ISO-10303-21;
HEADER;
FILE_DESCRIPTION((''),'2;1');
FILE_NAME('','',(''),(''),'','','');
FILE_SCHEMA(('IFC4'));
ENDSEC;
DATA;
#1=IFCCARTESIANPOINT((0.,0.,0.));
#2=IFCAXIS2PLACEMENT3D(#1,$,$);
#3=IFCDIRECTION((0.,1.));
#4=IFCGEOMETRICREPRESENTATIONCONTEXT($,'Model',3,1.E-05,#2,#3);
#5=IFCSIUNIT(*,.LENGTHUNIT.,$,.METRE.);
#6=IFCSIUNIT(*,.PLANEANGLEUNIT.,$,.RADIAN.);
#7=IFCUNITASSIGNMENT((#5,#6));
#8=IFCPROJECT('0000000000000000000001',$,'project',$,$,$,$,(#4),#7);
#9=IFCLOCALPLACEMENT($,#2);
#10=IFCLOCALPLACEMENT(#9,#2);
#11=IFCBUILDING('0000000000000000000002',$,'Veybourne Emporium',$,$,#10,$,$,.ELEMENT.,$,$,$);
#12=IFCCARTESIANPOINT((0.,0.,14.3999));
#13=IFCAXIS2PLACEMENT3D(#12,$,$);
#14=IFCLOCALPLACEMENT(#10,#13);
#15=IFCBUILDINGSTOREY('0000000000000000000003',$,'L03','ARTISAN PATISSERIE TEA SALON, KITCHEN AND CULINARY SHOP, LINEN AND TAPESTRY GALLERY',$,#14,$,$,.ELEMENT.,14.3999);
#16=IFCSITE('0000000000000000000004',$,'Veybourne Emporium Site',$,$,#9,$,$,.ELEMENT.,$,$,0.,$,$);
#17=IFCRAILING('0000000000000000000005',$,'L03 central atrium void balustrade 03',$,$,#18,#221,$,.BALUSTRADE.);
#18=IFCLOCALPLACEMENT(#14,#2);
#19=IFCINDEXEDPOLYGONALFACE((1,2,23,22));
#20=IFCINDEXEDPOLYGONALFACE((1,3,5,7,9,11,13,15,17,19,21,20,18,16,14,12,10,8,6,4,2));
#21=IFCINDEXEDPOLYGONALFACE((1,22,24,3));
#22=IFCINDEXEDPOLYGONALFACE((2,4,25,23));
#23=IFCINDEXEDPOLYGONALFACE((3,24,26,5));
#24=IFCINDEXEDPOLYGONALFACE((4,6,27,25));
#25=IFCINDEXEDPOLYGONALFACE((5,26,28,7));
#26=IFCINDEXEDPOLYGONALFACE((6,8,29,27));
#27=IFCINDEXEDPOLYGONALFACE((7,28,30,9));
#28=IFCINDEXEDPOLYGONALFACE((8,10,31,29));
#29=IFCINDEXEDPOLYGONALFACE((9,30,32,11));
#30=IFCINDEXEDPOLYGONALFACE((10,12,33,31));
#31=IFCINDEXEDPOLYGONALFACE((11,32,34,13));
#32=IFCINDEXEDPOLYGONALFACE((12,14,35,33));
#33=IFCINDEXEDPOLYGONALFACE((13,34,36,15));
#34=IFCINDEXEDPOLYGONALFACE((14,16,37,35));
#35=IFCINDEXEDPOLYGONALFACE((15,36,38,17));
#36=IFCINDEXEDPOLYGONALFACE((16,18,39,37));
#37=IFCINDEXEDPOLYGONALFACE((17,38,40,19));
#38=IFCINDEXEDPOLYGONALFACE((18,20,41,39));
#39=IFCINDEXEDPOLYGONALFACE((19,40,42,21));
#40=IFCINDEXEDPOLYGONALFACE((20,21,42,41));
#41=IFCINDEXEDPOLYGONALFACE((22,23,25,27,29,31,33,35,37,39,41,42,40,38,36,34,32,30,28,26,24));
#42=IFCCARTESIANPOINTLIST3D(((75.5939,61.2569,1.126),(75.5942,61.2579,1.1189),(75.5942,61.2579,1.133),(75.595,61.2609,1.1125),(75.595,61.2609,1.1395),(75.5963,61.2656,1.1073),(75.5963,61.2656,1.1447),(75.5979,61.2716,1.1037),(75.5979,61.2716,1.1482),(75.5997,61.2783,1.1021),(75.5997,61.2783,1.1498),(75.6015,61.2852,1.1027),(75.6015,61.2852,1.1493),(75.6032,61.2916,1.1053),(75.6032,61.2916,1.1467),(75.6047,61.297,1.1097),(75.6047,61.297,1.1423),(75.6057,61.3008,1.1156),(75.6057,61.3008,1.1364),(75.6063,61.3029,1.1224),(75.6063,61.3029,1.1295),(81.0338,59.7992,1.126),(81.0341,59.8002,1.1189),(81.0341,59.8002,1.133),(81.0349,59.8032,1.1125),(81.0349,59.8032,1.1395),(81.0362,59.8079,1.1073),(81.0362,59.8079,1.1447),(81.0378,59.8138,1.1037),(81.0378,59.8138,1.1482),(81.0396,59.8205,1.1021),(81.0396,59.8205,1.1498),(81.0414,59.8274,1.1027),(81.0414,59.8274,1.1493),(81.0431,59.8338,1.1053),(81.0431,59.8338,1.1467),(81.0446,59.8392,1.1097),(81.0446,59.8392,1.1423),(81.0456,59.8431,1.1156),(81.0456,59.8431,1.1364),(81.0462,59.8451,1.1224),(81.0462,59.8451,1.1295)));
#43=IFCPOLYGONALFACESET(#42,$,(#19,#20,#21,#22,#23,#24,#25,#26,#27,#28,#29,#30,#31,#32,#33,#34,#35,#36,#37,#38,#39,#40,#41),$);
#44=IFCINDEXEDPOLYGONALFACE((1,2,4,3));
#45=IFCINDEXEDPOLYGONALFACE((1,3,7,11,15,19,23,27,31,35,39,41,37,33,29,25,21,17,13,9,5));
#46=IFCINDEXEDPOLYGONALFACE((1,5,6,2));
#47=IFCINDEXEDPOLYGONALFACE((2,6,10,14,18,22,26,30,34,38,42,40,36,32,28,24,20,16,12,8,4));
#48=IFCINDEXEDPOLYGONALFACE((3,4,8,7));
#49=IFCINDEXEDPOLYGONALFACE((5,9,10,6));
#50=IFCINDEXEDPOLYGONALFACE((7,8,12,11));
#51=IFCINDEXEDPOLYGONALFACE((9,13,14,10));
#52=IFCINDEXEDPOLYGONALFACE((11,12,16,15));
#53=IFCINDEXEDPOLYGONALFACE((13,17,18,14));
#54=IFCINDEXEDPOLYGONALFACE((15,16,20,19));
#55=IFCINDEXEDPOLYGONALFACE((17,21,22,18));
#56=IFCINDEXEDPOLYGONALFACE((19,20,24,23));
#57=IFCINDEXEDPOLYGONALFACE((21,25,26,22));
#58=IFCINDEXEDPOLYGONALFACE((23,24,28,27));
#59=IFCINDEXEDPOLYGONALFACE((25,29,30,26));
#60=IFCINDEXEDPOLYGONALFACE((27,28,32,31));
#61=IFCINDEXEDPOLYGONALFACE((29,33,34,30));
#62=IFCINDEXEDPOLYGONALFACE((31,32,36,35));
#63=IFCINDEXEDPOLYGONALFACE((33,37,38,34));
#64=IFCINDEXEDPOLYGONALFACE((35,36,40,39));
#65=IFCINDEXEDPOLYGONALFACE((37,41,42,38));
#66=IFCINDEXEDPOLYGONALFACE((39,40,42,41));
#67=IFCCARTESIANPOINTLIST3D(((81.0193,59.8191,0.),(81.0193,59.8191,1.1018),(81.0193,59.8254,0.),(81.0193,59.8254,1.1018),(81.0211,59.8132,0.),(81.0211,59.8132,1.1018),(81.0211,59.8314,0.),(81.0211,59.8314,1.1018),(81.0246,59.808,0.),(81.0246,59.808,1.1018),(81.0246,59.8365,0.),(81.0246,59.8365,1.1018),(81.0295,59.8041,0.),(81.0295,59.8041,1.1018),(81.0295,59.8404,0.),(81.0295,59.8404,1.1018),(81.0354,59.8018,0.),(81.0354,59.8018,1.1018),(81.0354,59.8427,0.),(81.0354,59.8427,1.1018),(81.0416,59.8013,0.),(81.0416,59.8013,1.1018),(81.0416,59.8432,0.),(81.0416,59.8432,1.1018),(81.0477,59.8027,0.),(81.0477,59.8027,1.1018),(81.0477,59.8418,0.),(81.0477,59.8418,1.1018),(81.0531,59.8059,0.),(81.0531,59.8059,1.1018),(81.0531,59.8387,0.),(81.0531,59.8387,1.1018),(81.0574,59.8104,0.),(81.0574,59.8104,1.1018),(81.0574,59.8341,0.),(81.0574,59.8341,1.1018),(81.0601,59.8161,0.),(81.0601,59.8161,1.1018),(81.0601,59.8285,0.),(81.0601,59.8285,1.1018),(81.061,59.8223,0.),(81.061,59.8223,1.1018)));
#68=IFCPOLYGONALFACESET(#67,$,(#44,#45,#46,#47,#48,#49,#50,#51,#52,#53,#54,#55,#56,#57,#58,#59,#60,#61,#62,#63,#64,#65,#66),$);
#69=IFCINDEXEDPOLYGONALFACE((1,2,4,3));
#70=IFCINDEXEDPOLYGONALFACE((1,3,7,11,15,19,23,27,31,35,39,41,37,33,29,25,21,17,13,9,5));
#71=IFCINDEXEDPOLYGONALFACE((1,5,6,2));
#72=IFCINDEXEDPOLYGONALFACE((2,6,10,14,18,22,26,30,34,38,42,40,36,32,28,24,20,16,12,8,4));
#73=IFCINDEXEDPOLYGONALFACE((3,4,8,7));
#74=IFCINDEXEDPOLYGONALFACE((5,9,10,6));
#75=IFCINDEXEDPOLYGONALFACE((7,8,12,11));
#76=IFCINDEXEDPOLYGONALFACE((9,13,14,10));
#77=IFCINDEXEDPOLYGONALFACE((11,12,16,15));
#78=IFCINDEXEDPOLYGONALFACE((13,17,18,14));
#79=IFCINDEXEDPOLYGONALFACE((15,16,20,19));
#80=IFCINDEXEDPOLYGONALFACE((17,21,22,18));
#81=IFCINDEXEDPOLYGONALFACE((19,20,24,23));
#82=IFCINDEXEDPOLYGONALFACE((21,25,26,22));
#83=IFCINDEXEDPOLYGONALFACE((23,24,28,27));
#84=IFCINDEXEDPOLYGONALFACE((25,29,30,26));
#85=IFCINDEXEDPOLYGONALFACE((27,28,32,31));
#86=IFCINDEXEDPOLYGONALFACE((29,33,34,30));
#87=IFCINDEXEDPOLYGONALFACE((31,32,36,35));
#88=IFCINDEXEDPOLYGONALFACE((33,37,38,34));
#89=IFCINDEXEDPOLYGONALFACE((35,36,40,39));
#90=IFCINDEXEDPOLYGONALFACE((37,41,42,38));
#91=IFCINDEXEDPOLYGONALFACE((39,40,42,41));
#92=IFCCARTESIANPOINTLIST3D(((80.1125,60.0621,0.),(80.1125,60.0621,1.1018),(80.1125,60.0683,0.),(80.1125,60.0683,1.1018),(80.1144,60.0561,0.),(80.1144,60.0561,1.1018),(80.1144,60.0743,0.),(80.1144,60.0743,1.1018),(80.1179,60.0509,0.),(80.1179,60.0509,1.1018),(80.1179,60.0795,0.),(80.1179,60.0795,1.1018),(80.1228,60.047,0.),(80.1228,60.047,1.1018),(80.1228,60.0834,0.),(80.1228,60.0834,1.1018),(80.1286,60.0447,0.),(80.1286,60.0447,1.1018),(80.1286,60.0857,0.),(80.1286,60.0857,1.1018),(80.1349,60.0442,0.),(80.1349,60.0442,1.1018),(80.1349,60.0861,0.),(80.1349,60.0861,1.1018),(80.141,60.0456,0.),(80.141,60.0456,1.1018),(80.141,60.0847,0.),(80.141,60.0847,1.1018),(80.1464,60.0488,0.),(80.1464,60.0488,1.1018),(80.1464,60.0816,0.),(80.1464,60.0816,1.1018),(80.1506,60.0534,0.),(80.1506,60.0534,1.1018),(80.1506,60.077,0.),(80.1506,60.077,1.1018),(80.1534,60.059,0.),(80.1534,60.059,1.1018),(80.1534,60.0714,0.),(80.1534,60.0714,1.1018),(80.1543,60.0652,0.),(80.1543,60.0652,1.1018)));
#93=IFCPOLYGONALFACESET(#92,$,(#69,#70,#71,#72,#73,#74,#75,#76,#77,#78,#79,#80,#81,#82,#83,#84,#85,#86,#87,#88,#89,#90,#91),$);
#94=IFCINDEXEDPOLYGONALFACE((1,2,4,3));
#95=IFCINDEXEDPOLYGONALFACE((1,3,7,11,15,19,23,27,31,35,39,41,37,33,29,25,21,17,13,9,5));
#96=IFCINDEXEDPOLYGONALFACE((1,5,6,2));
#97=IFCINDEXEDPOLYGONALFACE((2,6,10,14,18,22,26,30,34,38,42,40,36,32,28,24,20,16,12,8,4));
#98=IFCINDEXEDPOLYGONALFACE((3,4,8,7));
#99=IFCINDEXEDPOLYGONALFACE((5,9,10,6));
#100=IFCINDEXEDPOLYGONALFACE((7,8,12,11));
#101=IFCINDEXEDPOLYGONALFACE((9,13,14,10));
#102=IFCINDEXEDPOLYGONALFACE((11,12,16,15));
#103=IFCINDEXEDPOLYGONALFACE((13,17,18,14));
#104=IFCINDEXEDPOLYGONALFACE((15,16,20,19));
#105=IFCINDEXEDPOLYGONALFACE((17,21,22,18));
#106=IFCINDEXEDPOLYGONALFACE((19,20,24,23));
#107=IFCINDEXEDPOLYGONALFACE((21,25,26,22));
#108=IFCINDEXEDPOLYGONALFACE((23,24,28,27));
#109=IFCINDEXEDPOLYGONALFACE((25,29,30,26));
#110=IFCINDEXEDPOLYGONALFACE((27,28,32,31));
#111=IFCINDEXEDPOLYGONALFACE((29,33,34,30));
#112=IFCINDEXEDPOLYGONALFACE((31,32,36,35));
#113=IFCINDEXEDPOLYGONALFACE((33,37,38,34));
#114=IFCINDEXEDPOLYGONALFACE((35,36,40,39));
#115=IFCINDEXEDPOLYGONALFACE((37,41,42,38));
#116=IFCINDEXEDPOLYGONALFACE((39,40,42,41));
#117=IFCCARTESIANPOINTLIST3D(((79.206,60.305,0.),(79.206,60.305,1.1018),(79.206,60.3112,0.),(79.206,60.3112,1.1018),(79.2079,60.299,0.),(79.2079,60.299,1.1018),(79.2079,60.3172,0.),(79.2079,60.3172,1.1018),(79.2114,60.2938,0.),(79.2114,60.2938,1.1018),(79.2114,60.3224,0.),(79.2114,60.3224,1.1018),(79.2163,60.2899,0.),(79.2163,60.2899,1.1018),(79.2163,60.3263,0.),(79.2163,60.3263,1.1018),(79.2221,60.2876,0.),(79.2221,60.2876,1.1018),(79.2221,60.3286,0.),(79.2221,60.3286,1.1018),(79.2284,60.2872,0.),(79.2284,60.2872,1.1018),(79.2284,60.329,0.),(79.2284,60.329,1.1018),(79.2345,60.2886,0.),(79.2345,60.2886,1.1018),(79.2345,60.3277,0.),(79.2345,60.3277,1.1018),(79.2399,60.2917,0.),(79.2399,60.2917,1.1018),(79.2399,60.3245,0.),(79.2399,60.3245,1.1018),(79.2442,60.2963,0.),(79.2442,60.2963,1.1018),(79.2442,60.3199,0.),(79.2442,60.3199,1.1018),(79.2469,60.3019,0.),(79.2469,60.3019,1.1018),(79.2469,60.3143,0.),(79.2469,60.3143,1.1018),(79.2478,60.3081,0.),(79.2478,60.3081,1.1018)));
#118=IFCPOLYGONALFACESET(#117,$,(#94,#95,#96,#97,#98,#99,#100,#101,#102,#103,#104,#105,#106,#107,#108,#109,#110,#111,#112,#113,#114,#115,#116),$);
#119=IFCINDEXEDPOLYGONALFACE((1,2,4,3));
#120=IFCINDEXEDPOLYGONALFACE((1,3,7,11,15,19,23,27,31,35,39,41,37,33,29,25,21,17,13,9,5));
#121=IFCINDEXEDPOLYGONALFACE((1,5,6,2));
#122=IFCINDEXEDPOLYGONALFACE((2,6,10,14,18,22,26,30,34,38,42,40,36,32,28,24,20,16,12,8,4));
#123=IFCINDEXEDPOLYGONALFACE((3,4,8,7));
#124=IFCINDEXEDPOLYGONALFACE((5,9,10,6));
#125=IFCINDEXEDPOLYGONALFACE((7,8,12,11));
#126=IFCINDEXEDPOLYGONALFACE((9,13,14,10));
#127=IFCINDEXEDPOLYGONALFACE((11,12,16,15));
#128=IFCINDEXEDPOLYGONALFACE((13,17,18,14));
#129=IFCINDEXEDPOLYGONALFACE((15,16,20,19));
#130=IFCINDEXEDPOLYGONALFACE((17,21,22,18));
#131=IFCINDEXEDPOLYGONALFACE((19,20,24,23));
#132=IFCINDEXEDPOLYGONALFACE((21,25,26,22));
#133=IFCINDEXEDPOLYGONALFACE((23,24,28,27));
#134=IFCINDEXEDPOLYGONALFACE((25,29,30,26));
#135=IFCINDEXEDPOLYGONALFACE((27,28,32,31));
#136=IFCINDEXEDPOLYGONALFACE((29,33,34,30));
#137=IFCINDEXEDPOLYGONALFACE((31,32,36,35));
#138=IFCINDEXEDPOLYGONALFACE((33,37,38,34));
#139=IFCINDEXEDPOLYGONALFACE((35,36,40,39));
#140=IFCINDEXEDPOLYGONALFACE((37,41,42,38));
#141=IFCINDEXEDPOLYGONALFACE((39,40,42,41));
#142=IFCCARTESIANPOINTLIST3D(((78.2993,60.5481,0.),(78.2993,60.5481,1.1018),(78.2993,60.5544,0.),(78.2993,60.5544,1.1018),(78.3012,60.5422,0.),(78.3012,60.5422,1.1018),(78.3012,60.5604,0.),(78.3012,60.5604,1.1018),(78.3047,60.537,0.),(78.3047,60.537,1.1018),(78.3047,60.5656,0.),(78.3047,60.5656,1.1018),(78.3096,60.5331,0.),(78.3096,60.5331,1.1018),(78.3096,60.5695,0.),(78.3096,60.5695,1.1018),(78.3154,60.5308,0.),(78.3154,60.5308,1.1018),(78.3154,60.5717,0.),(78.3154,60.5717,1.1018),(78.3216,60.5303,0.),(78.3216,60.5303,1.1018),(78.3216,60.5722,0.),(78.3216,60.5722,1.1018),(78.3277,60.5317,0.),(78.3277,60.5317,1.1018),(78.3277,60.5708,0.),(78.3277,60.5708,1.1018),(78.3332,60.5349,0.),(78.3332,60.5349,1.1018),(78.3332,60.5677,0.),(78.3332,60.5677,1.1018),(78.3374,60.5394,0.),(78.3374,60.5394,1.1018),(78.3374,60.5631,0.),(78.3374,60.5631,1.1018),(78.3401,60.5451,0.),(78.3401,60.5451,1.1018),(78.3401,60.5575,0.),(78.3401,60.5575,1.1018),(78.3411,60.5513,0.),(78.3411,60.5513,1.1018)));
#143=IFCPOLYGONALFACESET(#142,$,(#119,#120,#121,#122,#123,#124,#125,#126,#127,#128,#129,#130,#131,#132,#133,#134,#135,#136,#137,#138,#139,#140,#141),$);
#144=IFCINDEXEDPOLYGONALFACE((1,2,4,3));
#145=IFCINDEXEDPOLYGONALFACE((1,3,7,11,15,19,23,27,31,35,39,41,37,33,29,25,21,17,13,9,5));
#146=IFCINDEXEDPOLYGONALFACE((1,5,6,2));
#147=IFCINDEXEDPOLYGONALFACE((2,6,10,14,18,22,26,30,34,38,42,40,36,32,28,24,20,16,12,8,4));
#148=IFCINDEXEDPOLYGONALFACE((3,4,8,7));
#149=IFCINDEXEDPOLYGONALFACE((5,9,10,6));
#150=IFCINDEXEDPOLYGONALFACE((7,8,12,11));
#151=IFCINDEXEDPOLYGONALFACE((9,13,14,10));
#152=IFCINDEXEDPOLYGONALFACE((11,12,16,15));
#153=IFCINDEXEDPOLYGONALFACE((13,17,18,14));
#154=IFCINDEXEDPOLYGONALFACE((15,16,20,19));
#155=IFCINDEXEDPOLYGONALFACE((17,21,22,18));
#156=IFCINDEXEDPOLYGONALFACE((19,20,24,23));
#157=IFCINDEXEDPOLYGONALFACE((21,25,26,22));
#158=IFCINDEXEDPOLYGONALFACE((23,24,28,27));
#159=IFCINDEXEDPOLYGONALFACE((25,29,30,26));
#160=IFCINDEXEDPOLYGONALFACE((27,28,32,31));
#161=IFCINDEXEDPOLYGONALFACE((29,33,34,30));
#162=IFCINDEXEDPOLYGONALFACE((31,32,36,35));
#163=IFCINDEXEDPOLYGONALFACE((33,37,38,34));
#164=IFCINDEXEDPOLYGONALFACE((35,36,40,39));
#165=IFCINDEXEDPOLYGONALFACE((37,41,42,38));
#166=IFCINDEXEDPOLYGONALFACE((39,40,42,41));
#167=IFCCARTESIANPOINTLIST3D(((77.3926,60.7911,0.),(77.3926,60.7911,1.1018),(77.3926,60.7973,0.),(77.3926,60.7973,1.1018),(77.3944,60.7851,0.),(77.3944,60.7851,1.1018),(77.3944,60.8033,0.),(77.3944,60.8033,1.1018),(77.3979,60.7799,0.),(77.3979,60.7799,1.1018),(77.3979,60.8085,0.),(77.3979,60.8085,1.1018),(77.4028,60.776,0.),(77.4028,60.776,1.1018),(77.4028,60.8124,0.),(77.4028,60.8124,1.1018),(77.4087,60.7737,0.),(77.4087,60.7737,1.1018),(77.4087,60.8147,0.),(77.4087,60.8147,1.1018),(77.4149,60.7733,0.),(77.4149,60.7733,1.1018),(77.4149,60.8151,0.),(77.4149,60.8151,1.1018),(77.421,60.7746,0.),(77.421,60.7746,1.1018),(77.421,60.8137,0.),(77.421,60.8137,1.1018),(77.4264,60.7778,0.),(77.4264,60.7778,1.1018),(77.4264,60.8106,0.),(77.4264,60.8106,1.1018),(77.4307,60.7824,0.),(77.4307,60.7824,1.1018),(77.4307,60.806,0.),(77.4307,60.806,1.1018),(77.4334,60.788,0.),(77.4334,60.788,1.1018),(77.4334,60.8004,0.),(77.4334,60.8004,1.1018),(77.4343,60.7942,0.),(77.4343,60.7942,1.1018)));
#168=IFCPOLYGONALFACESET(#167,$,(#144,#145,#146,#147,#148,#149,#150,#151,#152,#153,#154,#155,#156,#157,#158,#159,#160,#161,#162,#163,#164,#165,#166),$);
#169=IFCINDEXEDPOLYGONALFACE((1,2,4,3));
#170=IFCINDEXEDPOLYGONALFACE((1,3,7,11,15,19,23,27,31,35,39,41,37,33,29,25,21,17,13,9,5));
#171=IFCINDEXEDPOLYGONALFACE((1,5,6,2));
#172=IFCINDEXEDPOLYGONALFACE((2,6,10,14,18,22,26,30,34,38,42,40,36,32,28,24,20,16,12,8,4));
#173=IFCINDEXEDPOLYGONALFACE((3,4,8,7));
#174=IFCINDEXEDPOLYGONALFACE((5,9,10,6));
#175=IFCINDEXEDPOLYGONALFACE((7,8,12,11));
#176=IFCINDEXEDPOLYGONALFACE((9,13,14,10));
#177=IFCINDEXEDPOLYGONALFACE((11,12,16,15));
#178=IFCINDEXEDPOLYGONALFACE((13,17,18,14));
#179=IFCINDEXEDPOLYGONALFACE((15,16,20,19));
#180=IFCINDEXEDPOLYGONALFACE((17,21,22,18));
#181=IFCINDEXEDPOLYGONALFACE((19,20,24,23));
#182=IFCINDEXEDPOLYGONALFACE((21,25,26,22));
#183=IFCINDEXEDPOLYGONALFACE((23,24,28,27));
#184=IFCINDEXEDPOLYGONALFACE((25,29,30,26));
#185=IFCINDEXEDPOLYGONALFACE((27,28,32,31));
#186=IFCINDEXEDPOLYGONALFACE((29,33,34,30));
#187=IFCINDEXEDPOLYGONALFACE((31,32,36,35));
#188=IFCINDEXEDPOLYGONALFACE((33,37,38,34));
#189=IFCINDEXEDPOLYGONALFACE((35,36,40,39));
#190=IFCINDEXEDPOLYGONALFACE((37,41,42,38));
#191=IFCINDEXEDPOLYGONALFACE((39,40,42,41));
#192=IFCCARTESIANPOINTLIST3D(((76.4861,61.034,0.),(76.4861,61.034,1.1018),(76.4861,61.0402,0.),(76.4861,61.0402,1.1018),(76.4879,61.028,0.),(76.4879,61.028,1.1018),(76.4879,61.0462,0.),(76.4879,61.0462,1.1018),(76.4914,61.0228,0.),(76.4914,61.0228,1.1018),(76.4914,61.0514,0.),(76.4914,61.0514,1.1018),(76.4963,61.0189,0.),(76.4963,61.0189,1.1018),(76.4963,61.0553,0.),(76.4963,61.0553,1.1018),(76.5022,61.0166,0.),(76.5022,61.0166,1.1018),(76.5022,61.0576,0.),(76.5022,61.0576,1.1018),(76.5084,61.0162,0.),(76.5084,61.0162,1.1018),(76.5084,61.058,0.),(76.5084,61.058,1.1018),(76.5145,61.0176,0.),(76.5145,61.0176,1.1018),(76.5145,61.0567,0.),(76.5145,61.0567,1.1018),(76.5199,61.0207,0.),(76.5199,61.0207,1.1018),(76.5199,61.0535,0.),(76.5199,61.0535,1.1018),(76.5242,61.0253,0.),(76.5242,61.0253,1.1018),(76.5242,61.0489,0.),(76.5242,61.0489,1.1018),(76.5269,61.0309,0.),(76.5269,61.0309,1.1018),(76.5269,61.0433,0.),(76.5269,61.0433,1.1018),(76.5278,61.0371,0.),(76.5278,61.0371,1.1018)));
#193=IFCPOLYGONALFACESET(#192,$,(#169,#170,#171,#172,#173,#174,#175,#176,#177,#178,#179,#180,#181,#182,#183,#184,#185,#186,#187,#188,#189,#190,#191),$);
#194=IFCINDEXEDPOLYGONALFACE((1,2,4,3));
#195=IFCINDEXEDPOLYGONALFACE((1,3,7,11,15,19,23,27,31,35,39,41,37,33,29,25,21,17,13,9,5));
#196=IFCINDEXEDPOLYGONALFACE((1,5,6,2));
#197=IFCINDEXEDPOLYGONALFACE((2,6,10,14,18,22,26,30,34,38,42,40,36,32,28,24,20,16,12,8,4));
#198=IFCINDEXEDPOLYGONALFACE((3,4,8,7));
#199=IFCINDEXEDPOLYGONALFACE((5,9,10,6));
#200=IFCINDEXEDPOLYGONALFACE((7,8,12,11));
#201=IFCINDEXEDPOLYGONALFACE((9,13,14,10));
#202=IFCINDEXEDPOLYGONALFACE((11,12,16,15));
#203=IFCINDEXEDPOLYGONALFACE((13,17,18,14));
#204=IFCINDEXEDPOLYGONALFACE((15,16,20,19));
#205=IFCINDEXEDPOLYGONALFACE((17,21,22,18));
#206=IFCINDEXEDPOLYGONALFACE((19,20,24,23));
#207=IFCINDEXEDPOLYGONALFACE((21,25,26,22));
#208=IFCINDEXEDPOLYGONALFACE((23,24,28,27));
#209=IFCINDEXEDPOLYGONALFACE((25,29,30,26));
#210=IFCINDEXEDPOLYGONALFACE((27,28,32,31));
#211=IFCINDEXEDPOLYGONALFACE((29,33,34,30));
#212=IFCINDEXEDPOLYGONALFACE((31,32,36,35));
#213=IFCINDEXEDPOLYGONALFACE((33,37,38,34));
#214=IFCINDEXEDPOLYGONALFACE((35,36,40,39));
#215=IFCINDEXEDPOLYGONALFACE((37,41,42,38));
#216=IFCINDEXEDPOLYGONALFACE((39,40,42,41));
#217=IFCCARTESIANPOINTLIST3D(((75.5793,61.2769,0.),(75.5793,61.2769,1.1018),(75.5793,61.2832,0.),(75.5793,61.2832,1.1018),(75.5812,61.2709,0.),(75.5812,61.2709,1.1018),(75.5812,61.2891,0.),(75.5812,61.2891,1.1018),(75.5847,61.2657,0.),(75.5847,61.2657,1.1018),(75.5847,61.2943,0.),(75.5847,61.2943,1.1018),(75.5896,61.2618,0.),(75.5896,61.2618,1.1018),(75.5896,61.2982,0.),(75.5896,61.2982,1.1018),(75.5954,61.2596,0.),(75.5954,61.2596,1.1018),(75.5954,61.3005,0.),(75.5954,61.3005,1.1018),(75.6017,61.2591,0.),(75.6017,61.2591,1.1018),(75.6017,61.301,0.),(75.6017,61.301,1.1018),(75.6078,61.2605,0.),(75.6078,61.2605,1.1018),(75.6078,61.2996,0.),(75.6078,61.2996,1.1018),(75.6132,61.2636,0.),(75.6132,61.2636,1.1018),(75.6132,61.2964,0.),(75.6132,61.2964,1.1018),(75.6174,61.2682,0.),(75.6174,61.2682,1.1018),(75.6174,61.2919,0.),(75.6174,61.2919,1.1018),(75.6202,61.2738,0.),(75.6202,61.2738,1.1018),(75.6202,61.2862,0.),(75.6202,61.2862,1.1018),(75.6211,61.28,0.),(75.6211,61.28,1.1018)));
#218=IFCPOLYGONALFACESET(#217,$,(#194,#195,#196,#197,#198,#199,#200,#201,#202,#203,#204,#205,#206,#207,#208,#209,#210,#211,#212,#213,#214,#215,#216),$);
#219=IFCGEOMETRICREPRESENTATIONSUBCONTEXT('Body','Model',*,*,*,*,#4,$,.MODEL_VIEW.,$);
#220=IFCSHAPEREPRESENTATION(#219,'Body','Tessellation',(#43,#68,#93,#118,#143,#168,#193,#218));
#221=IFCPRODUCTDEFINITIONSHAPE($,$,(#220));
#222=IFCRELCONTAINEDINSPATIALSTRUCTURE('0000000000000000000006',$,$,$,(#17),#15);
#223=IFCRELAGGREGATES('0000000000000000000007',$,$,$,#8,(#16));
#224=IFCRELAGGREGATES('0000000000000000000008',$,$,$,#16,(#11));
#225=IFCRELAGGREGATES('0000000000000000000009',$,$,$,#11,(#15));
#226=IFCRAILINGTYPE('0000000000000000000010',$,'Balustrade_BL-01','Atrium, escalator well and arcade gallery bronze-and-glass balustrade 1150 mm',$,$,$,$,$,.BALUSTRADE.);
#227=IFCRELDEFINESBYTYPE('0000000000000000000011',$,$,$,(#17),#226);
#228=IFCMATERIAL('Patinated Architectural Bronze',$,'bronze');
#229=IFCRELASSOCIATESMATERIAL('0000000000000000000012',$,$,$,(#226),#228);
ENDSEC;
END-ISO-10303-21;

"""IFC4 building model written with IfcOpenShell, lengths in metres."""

from ifc_helpers import new_model, si_unit, direction, frame, origin, origin_2d, place, context, subcontext, project, spatial, circle, extrude, material, type_object, element, save


model = new_model("IFC4")

# Units and contexts
model_context = context("Model", 3, precision=1e-05, world=origin(), true_north=direction((0.0, 1.0)))
body_context = subcontext(model_context, "Body", "Model", "MODEL_VIEW")
ifc_project = project(units=[si_unit("LENGTHUNIT", "METRE"), si_unit("PLANEANGLEUNIT", "RADIAN")], contexts=[model_context])

# Site, building, storey
site_placement = place(None, origin())
site = spatial("IfcSite", under=ifc_project, at=site_placement, Name="Veybourne Emporium Site", CompositionType="ELEMENT", RefElevation=0.0)
building_placement = place(site_placement, origin())
building = spatial("IfcBuilding", under=site, at=building_placement, Name="Veybourne Emporium", CompositionType="ELEMENT")
storey_placement = place(building_placement, frame((0.0, 0.0, 14.3999)))
storey = spatial("IfcBuildingStorey", under=building, at=storey_placement, Name="L03", Description="ARTISAN PATISSERIE TEA SALON, KITCHEN AND CULINARY SHOP, LINEN AND TAPESTRY GALLERY", CompositionType="ELEMENT", Elevation=14.3999)

# Railing
ifc_material_1 = material(Name="Patinated Architectural Bronze", Category="bronze")
railing_type = type_object("IfcRailingType", Name="Balustrade_BL-01", Description="Atrium, escalator well and arcade gallery bronze-and-glass balustrade 1150 mm", PredefinedType="BALUSTRADE", material=ifc_material_1)
railing_placement = place(storey_placement, frame((81.04, 59.8223, 0.0)))
element("IfcRailing", 1, at=railing_placement, inside=storey, type_object=railing_type, Name="L03 central atrium void balustrade 03", PredefinedType="BALUSTRADE", context=body_context, shape_type="SweptSolid", body=[
    extrude(circle(Radius=0.0239, at=origin_2d()), frame((0.0, 0.0, 1.126), z_axis=(-0.96592, 0.258842, 0.0), x_axis=(-0.258842, -0.96592, 0.0)), (0.0, 0.0, 1.0), 5.6318),
    extrude(circle(Radius=0.021, at=origin_2d()), origin(), (0.0, 0.0, 1.0), 1.1018),
    extrude(circle(Radius=0.021, at=origin_2d()), frame((-0.9067, 0.2429, 0.0)), (0.0, 0.0, 1.0), 1.1018),
    extrude(circle(Radius=0.021, at=origin_2d()), frame((-1.8132, 0.4858, 0.0)), (0.0, 0.0, 1.0), 1.1018),
    extrude(circle(Radius=0.021, at=origin_2d()), frame((-2.72, 0.729, 0.0)), (0.0, 0.0, 1.0), 1.1018),
    extrude(circle(Radius=0.021, at=origin_2d()), frame((-3.6267, 0.9719, 0.0)), (0.0, 0.0, 1.0), 1.1018),
    extrude(circle(Radius=0.021, at=origin_2d()), frame((-4.5332, 1.2148, 0.0)), (0.0, 0.0, 1.0), 1.1018),
    extrude(circle(Radius=0.021, at=origin_2d()), frame((-5.4399, 1.4578, 0.0)), (0.0, 0.0, 1.0), 1.1018),
])

save(model, "model.ifc")
